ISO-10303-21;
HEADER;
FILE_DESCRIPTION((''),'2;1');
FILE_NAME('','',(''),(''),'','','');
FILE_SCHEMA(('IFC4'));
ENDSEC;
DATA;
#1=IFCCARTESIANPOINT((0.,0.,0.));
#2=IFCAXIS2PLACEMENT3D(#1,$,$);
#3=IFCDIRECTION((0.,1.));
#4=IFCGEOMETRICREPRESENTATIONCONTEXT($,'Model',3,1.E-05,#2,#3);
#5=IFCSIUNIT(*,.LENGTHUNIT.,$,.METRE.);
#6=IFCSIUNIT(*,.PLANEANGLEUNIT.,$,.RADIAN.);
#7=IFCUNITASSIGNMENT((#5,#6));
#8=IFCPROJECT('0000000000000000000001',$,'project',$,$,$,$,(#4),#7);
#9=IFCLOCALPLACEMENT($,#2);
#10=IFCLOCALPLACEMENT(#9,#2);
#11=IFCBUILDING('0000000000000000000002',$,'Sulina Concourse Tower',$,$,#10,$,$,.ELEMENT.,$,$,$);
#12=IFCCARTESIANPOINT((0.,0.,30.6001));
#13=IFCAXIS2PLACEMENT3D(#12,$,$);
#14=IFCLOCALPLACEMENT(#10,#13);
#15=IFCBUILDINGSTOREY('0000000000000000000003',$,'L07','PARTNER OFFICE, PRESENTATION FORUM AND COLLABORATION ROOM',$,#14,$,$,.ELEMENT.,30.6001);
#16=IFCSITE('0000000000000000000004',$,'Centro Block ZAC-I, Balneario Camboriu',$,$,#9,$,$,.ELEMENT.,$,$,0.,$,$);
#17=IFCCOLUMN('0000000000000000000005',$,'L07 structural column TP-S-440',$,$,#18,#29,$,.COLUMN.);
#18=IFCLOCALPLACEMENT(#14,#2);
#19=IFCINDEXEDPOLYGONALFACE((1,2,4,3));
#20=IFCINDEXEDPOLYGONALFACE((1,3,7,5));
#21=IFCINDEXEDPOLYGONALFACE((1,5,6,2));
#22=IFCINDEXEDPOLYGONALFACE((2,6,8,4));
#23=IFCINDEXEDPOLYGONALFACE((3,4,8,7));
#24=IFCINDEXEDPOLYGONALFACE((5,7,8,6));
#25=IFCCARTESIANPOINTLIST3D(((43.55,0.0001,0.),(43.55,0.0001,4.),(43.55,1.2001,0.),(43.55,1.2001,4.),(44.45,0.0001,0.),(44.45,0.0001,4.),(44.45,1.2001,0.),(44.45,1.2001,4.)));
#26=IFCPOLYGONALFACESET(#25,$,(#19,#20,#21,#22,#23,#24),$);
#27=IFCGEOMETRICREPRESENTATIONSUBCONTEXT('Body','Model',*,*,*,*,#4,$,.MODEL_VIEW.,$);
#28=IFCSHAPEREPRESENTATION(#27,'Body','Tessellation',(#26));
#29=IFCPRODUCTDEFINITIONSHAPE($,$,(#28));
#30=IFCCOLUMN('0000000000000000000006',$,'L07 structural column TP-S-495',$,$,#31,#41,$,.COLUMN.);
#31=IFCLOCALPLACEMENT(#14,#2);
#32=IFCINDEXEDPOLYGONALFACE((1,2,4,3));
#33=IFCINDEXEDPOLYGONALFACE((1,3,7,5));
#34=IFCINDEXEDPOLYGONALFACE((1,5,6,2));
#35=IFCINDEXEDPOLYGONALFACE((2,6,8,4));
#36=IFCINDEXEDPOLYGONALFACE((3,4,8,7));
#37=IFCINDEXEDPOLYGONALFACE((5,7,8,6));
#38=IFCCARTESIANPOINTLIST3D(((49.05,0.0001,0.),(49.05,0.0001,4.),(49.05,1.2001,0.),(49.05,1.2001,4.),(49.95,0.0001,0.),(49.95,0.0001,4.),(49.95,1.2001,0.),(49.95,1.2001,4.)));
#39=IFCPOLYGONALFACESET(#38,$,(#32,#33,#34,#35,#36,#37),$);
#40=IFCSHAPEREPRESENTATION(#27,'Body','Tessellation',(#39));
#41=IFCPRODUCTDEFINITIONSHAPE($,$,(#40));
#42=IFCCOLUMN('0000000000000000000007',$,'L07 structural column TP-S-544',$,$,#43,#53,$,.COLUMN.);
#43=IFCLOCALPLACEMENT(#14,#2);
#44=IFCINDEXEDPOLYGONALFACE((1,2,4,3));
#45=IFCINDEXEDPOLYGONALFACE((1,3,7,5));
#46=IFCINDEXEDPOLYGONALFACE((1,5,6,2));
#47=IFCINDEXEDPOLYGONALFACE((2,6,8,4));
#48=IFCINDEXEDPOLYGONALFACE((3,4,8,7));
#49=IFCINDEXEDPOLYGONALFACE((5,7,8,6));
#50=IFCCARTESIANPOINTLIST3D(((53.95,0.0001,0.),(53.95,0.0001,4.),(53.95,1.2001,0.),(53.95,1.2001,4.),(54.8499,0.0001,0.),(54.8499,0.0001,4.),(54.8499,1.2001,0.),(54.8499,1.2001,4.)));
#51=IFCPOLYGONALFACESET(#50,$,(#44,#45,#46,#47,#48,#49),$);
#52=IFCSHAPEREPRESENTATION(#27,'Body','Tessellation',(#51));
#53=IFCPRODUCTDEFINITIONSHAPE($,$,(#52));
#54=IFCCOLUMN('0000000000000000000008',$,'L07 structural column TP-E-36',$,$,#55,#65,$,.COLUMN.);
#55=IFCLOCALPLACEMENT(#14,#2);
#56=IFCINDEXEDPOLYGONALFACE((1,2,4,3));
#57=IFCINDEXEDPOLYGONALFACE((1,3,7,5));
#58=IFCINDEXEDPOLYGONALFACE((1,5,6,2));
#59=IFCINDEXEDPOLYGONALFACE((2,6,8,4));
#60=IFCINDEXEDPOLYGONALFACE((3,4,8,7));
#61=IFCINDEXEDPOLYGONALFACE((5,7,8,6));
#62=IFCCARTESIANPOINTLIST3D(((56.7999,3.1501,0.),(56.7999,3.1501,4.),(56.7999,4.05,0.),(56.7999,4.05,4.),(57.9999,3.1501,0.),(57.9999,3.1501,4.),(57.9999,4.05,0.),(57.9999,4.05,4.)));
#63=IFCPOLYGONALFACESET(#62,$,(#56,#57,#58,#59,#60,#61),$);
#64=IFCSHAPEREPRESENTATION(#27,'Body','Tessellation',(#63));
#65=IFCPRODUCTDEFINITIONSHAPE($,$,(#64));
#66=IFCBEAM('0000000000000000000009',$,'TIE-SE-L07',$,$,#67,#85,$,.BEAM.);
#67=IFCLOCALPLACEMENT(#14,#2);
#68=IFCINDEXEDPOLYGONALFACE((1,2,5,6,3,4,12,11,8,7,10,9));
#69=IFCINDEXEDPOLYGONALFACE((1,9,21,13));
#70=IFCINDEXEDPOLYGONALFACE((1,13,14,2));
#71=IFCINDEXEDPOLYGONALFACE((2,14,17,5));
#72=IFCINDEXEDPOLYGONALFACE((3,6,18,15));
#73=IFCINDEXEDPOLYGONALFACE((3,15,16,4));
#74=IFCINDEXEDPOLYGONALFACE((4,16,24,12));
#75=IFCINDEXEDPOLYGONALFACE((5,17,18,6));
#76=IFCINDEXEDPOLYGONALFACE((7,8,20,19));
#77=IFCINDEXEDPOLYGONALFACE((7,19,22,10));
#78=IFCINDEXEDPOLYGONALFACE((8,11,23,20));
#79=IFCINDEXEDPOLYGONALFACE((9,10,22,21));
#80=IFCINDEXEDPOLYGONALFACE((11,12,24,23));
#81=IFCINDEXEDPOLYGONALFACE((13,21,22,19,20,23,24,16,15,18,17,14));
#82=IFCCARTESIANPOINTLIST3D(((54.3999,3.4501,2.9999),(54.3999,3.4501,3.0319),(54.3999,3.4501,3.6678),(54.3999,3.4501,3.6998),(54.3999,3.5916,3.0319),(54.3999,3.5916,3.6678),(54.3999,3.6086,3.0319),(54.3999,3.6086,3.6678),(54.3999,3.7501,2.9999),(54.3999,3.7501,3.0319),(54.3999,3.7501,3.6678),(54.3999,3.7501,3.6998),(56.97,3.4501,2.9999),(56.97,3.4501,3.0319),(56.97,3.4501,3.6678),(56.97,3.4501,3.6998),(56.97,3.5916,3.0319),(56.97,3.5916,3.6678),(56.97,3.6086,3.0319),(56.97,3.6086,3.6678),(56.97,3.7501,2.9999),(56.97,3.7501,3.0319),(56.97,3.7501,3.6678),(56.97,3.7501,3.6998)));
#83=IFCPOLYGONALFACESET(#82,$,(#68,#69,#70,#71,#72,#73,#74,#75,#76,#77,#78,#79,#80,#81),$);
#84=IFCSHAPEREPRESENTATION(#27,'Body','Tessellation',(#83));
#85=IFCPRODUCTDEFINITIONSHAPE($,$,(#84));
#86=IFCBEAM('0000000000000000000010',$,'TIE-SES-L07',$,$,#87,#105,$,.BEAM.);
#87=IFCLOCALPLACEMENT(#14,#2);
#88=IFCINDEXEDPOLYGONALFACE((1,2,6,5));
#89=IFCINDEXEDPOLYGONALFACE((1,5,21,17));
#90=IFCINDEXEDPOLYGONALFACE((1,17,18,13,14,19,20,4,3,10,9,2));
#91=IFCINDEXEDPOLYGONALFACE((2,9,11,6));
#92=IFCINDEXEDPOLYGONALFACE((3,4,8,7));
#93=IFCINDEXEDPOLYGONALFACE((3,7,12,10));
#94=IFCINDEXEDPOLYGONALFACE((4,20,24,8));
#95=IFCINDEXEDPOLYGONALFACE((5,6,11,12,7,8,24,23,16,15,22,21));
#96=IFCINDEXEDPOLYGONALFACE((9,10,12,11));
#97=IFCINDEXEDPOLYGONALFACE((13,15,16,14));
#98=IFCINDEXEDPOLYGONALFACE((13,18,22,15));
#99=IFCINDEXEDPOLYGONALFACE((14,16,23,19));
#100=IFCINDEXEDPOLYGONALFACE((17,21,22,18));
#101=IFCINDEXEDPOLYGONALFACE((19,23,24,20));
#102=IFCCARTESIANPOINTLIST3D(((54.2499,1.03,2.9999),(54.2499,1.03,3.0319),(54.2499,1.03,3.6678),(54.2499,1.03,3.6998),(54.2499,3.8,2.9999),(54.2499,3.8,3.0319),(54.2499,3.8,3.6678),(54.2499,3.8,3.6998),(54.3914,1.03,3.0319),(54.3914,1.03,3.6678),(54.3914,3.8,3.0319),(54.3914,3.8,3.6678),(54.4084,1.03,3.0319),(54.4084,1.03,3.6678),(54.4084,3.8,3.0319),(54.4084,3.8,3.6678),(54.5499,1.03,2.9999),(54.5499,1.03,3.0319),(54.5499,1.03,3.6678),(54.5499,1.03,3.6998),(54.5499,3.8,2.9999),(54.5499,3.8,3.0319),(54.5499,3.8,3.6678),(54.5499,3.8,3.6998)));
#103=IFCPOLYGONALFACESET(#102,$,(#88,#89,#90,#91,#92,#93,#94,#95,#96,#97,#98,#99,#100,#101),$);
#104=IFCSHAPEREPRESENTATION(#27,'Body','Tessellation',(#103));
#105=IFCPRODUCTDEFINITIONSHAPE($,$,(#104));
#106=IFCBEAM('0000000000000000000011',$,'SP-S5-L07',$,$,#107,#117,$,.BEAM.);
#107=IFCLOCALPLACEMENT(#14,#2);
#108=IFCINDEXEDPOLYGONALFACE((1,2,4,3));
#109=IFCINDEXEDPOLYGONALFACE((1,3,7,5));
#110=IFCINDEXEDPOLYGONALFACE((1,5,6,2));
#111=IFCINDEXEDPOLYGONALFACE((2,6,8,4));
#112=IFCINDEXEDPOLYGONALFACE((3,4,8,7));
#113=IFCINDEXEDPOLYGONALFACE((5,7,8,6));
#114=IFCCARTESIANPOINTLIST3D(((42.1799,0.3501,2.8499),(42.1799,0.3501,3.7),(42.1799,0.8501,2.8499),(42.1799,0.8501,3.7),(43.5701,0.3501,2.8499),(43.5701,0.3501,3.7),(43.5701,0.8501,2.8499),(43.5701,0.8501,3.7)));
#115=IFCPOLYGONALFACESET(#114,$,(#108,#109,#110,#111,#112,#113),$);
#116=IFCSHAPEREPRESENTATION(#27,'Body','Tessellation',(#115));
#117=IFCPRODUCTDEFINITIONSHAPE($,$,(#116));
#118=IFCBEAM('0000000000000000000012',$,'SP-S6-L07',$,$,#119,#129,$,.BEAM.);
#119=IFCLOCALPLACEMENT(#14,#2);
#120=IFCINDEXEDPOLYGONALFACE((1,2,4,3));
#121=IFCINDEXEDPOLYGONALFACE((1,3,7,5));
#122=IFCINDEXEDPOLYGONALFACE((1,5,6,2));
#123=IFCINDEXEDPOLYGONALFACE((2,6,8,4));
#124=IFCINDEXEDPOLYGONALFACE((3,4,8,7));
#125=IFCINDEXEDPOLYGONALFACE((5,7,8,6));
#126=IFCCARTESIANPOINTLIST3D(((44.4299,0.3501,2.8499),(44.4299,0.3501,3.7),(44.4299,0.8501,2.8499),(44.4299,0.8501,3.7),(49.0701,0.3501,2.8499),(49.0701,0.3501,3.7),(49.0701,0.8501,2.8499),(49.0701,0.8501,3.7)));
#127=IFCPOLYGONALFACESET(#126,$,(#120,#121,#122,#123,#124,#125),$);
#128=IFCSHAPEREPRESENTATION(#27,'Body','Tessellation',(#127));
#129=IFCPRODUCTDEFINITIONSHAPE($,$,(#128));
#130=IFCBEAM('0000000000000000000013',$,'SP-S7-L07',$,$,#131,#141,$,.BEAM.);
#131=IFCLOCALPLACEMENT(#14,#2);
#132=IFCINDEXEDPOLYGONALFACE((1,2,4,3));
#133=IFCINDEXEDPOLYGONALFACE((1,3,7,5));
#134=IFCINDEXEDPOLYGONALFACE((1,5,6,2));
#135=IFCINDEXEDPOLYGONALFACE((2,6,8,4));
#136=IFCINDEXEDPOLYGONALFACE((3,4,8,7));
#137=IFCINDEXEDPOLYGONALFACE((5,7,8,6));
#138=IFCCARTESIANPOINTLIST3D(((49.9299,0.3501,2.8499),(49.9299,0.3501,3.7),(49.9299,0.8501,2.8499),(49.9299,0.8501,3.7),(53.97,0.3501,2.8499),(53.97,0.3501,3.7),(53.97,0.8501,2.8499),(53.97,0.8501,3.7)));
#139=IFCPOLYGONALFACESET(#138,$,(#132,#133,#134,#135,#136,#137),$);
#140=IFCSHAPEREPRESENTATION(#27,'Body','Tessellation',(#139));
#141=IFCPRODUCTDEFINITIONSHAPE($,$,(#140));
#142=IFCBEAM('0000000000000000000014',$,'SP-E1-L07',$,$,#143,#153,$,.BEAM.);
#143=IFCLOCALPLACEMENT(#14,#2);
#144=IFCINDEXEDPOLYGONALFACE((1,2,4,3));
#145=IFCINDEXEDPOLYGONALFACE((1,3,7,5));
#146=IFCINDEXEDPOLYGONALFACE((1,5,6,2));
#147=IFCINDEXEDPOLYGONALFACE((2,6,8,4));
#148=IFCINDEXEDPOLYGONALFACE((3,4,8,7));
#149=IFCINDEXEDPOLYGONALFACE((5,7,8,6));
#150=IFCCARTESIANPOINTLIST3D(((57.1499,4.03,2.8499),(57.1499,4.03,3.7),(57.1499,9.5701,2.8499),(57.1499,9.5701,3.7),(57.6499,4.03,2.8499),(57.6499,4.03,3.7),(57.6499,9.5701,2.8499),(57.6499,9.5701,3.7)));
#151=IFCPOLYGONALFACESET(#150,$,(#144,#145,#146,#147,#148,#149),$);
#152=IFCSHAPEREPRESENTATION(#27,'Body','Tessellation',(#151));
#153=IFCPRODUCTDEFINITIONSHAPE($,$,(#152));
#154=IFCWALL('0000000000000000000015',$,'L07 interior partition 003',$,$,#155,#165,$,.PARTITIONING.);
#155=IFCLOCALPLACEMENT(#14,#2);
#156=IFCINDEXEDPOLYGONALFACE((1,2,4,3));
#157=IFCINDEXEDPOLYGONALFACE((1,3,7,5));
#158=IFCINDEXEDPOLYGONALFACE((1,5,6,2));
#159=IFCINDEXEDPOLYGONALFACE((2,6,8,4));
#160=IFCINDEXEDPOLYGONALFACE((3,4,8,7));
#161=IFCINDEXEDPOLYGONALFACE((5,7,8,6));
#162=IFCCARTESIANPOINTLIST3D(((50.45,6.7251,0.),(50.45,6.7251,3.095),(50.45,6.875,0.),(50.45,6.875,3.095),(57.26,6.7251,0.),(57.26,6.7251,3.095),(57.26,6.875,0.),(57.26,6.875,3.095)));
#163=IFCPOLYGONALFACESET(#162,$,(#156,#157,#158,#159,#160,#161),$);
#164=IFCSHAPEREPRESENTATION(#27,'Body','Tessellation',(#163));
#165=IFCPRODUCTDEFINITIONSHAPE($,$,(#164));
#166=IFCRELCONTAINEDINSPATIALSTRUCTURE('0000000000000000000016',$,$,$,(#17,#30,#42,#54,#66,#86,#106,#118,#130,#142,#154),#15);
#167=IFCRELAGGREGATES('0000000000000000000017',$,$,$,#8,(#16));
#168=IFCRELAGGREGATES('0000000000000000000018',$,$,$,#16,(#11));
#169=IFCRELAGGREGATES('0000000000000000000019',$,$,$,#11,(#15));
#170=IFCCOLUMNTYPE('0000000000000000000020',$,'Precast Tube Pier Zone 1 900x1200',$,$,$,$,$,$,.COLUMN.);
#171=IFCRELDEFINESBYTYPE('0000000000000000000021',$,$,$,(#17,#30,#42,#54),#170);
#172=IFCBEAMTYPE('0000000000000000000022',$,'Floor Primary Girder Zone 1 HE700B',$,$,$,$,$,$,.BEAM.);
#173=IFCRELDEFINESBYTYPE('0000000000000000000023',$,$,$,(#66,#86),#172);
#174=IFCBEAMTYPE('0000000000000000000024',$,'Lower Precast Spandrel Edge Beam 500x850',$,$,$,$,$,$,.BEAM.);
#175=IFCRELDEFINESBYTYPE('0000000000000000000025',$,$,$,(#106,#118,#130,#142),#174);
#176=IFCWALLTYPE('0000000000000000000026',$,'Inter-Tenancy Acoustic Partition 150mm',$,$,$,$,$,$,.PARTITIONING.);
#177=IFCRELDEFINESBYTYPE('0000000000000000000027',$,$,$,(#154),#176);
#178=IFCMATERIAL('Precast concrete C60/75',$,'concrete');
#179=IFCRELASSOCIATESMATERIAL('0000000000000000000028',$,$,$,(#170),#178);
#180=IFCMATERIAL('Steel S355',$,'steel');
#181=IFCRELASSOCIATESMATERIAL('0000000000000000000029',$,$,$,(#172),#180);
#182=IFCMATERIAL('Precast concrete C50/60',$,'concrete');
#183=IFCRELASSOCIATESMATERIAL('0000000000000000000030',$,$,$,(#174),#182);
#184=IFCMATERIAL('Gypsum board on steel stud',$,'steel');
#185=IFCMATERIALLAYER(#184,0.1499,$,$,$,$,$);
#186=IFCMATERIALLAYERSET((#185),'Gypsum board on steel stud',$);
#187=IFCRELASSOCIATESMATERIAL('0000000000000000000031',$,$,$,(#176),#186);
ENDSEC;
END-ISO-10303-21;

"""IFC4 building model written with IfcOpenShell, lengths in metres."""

from ifc_helpers import new_model, si_unit, direction, frame, frame_2d, origin, origin_2d, place, context, subcontext, project, spatial, rectangle, i_section, extrude, material, layer, layer_set, material_profile, profile_set, type_object, element, save


model = new_model("IFC4")

# Units and contexts
model_context = context("Model", 3, precision=1e-05, world=origin(), true_north=direction((0.0, 1.0)))
body_context = subcontext(model_context, "Body", "Model", "MODEL_VIEW")
ifc_project = project(units=[si_unit("LENGTHUNIT", "METRE"), si_unit("PLANEANGLEUNIT", "RADIAN")], contexts=[model_context])

# Site, building, storey
site_placement = place(None, origin())
site = spatial("IfcSite", under=ifc_project, at=site_placement, Name="Centro Block ZAC-I, Balneario Camboriu", CompositionType="ELEMENT", RefElevation=0.0)
building_placement = place(site_placement, origin())
building = spatial("IfcBuilding", under=site, at=building_placement, Name="Sulina Concourse Tower", CompositionType="ELEMENT")
storey_placement = place(building_placement, frame((0.0, 0.0, 30.6001)))
storey = spatial("IfcBuildingStorey", under=building, at=storey_placement, Name="L07", Description="PARTNER OFFICE, PRESENTATION FORUM AND COLLABORATION ROOM", CompositionType="ELEMENT", Elevation=30.6001)

# Columns
ifc_material_1 = material(Name="Precast concrete C60/75", Category="concrete")
ifc_material_profile_1 = material_profile(ifc_material_1, rectangle(XDim=0.8999, YDim=1.2, at=origin_2d()), Name="PC 900x1200")
ifc_profile_set_1 = profile_set([ifc_material_profile_1], Name="Precast concrete C60/75")
column_type = type_object("IfcColumnType", Name="Precast Tube Pier Zone 1 900x1200", PredefinedType="COLUMN", material=ifc_profile_set_1)
for number, where, z_axis, x_axis, name in (
    (1, (44.0, 0.6001, 0.0), (0.0, 0.0, 1.0), (1.0, 0.0, 0.0), "L07 structural column TP-S-440"),
    (2, (49.5, 0.6001, 0.0), (0.0, 0.0, 1.0), (1.0, 0.0, 0.0), "L07 structural column TP-S-495"),
    (3, (54.3999, 0.6001, 0.0), (0.0, 0.0, 1.0), (1.0, 0.0, 0.0), "L07 structural column TP-S-544"),
    (4, (57.3999, 3.6001, 0.0), (0.0, 0.0, 1.0), (0.0, 1.0, 0.0), "L07 structural column TP-E-36"),
):
    element("IfcColumn", number, at=place(storey_placement, frame(where, z_axis=z_axis, x_axis=x_axis)), inside=storey, type_object=column_type, Name=name, PredefinedType="COLUMN", context=body_context, shape_type="SweptSolid", body=[
        extrude(rectangle(XDim=0.8999, YDim=1.2, at=origin_2d()), origin(), (0.0, 0.0, 1.0), 4.0),
    ])

# Beams
ifc_material_2 = material(Name="Steel S355", Category="steel")
ifc_material_profile_2 = material_profile(ifc_material_2, i_section(OverallWidth=0.3, OverallDepth=0.7, WebThickness=0.0171, FlangeThickness=0.032, at=origin_2d()), Name="HE 700 B")
ifc_profile_set_2 = profile_set([ifc_material_profile_2], Name="Steel S355")
beam_type_1 = type_object("IfcBeamType", Name="Floor Primary Girder Zone 1 HE700B", PredefinedType="BEAM", material=ifc_profile_set_2)
beam_1_placement = place(storey_placement, frame((54.3999, 3.6001, 3.3499), z_axis=(1.0, 0.0, 0.0), x_axis=(0.0, 1.0, 0.0)))
element("IfcBeam", 5, at=beam_1_placement, inside=storey, type_object=beam_type_1, Name="TIE-SE-L07", PredefinedType="BEAM", context=body_context, shape_type="SweptSolid", body=[
    extrude(i_section(OverallWidth=0.3, OverallDepth=0.7, WebThickness=0.0171, FlangeThickness=0.032, at=origin_2d()), origin(), (0.0, 0.0, 1.0), 2.5701),
])
beam_2_placement = place(storey_placement, frame((54.3999, 1.03, 3.3499), z_axis=(0.0, 1.0, 0.0), x_axis=(-1.0, 0.0, 0.0)))
element("IfcBeam", 6, at=beam_2_placement, inside=storey, type_object=beam_type_1, Name="TIE-SES-L07", PredefinedType="BEAM", context=body_context, shape_type="SweptSolid", body=[
    extrude(i_section(OverallWidth=0.3, OverallDepth=0.7, WebThickness=0.0171, FlangeThickness=0.032, at=origin_2d()), origin(), (0.0, 0.0, 1.0), 2.77),
])
ifc_material_3 = material(Name="Precast concrete C50/60", Category="concrete")
ifc_material_profile_3 = material_profile(ifc_material_3, rectangle(XDim=0.5, YDim=0.8501, at=origin_2d()), Name="RC 500x850")
ifc_profile_set_3 = profile_set([ifc_material_profile_3], Name="Precast concrete C50/60")
beam_type_2 = type_object("IfcBeamType", Name="Lower Precast Spandrel Edge Beam 500x850", PredefinedType="BEAM", material=ifc_profile_set_3)
beam_3_placement = place(storey_placement, frame((42.1799, 0.6001, 3.2749), z_axis=(1.0, 0.0, 0.0), x_axis=(0.0, 1.0, 0.0)))
element("IfcBeam", 7, at=beam_3_placement, inside=storey, type_object=beam_type_2, Name="SP-S5-L07", PredefinedType="BEAM", context=body_context, shape_type="SweptSolid", body=[
    extrude(rectangle(XDim=0.5, YDim=0.8501, at=origin_2d()), origin(), (0.0, 0.0, 1.0), 1.3901),
])
beam_4_placement = place(storey_placement, frame((44.4299, 0.6001, 3.2749), z_axis=(1.0, 0.0, 0.0), x_axis=(0.0, 1.0, 0.0)))
element("IfcBeam", 8, at=beam_4_placement, inside=storey, type_object=beam_type_2, Name="SP-S6-L07", PredefinedType="BEAM", context=body_context, shape_type="SweptSolid", body=[
    extrude(rectangle(XDim=0.5, YDim=0.8501, at=origin_2d()), origin(), (0.0, 0.0, 1.0), 4.6401),
])
beam_5_placement = place(storey_placement, frame((49.9299, 0.6001, 3.2749), z_axis=(1.0, 0.0, 0.0), x_axis=(0.0, 1.0, 0.0)))
element("IfcBeam", 9, at=beam_5_placement, inside=storey, type_object=beam_type_2, Name="SP-S7-L07", PredefinedType="BEAM", context=body_context, shape_type="SweptSolid", body=[
    extrude(rectangle(XDim=0.5, YDim=0.8501, at=origin_2d()), origin(), (0.0, 0.0, 1.0), 4.04),
])
beam_6_placement = place(storey_placement, frame((57.3999, 4.03, 3.2749), z_axis=(0.0, 1.0, 0.0), x_axis=(-1.0, 0.0, 0.0)))
element("IfcBeam", 10, at=beam_6_placement, inside=storey, type_object=beam_type_2, Name="SP-E1-L07", PredefinedType="BEAM", context=body_context, shape_type="SweptSolid", body=[
    extrude(rectangle(XDim=0.5, YDim=0.8501, at=origin_2d()), origin(), (0.0, 0.0, 1.0), 5.54),
])

# Wall
ifc_material_4 = material(Name="Gypsum board on steel stud", Category="steel")
ifc_layer_1 = layer(ifc_material_4, 0.1499)
ifc_layer_set_1 = layer_set([ifc_layer_1], Name="Gypsum board on steel stud")
wall_type_1 = type_object("IfcWallType", Name="Inter-Tenancy Acoustic Partition 150mm", PredefinedType="PARTITIONING", material=ifc_layer_set_1)
wall_1_placement = place(storey_placement, frame((50.45, 6.8, 0.0), z_axis=(0.0, 0.0, 1.0), x_axis=(1.0, 0.0, 0.0)))
element("IfcWall", 11, at=wall_1_placement, inside=storey, type_object=wall_type_1, Name="L07 interior partition 003", PredefinedType="PARTITIONING", context=body_context, shape_type="SweptSolid", body=[
    extrude(rectangle(XDim=6.8101, YDim=0.1499, at=frame_2d((3.405, 0.0))), origin(), (0.0, 0.0, 1.0), 3.095),
])

save(model, "model.ifc")
